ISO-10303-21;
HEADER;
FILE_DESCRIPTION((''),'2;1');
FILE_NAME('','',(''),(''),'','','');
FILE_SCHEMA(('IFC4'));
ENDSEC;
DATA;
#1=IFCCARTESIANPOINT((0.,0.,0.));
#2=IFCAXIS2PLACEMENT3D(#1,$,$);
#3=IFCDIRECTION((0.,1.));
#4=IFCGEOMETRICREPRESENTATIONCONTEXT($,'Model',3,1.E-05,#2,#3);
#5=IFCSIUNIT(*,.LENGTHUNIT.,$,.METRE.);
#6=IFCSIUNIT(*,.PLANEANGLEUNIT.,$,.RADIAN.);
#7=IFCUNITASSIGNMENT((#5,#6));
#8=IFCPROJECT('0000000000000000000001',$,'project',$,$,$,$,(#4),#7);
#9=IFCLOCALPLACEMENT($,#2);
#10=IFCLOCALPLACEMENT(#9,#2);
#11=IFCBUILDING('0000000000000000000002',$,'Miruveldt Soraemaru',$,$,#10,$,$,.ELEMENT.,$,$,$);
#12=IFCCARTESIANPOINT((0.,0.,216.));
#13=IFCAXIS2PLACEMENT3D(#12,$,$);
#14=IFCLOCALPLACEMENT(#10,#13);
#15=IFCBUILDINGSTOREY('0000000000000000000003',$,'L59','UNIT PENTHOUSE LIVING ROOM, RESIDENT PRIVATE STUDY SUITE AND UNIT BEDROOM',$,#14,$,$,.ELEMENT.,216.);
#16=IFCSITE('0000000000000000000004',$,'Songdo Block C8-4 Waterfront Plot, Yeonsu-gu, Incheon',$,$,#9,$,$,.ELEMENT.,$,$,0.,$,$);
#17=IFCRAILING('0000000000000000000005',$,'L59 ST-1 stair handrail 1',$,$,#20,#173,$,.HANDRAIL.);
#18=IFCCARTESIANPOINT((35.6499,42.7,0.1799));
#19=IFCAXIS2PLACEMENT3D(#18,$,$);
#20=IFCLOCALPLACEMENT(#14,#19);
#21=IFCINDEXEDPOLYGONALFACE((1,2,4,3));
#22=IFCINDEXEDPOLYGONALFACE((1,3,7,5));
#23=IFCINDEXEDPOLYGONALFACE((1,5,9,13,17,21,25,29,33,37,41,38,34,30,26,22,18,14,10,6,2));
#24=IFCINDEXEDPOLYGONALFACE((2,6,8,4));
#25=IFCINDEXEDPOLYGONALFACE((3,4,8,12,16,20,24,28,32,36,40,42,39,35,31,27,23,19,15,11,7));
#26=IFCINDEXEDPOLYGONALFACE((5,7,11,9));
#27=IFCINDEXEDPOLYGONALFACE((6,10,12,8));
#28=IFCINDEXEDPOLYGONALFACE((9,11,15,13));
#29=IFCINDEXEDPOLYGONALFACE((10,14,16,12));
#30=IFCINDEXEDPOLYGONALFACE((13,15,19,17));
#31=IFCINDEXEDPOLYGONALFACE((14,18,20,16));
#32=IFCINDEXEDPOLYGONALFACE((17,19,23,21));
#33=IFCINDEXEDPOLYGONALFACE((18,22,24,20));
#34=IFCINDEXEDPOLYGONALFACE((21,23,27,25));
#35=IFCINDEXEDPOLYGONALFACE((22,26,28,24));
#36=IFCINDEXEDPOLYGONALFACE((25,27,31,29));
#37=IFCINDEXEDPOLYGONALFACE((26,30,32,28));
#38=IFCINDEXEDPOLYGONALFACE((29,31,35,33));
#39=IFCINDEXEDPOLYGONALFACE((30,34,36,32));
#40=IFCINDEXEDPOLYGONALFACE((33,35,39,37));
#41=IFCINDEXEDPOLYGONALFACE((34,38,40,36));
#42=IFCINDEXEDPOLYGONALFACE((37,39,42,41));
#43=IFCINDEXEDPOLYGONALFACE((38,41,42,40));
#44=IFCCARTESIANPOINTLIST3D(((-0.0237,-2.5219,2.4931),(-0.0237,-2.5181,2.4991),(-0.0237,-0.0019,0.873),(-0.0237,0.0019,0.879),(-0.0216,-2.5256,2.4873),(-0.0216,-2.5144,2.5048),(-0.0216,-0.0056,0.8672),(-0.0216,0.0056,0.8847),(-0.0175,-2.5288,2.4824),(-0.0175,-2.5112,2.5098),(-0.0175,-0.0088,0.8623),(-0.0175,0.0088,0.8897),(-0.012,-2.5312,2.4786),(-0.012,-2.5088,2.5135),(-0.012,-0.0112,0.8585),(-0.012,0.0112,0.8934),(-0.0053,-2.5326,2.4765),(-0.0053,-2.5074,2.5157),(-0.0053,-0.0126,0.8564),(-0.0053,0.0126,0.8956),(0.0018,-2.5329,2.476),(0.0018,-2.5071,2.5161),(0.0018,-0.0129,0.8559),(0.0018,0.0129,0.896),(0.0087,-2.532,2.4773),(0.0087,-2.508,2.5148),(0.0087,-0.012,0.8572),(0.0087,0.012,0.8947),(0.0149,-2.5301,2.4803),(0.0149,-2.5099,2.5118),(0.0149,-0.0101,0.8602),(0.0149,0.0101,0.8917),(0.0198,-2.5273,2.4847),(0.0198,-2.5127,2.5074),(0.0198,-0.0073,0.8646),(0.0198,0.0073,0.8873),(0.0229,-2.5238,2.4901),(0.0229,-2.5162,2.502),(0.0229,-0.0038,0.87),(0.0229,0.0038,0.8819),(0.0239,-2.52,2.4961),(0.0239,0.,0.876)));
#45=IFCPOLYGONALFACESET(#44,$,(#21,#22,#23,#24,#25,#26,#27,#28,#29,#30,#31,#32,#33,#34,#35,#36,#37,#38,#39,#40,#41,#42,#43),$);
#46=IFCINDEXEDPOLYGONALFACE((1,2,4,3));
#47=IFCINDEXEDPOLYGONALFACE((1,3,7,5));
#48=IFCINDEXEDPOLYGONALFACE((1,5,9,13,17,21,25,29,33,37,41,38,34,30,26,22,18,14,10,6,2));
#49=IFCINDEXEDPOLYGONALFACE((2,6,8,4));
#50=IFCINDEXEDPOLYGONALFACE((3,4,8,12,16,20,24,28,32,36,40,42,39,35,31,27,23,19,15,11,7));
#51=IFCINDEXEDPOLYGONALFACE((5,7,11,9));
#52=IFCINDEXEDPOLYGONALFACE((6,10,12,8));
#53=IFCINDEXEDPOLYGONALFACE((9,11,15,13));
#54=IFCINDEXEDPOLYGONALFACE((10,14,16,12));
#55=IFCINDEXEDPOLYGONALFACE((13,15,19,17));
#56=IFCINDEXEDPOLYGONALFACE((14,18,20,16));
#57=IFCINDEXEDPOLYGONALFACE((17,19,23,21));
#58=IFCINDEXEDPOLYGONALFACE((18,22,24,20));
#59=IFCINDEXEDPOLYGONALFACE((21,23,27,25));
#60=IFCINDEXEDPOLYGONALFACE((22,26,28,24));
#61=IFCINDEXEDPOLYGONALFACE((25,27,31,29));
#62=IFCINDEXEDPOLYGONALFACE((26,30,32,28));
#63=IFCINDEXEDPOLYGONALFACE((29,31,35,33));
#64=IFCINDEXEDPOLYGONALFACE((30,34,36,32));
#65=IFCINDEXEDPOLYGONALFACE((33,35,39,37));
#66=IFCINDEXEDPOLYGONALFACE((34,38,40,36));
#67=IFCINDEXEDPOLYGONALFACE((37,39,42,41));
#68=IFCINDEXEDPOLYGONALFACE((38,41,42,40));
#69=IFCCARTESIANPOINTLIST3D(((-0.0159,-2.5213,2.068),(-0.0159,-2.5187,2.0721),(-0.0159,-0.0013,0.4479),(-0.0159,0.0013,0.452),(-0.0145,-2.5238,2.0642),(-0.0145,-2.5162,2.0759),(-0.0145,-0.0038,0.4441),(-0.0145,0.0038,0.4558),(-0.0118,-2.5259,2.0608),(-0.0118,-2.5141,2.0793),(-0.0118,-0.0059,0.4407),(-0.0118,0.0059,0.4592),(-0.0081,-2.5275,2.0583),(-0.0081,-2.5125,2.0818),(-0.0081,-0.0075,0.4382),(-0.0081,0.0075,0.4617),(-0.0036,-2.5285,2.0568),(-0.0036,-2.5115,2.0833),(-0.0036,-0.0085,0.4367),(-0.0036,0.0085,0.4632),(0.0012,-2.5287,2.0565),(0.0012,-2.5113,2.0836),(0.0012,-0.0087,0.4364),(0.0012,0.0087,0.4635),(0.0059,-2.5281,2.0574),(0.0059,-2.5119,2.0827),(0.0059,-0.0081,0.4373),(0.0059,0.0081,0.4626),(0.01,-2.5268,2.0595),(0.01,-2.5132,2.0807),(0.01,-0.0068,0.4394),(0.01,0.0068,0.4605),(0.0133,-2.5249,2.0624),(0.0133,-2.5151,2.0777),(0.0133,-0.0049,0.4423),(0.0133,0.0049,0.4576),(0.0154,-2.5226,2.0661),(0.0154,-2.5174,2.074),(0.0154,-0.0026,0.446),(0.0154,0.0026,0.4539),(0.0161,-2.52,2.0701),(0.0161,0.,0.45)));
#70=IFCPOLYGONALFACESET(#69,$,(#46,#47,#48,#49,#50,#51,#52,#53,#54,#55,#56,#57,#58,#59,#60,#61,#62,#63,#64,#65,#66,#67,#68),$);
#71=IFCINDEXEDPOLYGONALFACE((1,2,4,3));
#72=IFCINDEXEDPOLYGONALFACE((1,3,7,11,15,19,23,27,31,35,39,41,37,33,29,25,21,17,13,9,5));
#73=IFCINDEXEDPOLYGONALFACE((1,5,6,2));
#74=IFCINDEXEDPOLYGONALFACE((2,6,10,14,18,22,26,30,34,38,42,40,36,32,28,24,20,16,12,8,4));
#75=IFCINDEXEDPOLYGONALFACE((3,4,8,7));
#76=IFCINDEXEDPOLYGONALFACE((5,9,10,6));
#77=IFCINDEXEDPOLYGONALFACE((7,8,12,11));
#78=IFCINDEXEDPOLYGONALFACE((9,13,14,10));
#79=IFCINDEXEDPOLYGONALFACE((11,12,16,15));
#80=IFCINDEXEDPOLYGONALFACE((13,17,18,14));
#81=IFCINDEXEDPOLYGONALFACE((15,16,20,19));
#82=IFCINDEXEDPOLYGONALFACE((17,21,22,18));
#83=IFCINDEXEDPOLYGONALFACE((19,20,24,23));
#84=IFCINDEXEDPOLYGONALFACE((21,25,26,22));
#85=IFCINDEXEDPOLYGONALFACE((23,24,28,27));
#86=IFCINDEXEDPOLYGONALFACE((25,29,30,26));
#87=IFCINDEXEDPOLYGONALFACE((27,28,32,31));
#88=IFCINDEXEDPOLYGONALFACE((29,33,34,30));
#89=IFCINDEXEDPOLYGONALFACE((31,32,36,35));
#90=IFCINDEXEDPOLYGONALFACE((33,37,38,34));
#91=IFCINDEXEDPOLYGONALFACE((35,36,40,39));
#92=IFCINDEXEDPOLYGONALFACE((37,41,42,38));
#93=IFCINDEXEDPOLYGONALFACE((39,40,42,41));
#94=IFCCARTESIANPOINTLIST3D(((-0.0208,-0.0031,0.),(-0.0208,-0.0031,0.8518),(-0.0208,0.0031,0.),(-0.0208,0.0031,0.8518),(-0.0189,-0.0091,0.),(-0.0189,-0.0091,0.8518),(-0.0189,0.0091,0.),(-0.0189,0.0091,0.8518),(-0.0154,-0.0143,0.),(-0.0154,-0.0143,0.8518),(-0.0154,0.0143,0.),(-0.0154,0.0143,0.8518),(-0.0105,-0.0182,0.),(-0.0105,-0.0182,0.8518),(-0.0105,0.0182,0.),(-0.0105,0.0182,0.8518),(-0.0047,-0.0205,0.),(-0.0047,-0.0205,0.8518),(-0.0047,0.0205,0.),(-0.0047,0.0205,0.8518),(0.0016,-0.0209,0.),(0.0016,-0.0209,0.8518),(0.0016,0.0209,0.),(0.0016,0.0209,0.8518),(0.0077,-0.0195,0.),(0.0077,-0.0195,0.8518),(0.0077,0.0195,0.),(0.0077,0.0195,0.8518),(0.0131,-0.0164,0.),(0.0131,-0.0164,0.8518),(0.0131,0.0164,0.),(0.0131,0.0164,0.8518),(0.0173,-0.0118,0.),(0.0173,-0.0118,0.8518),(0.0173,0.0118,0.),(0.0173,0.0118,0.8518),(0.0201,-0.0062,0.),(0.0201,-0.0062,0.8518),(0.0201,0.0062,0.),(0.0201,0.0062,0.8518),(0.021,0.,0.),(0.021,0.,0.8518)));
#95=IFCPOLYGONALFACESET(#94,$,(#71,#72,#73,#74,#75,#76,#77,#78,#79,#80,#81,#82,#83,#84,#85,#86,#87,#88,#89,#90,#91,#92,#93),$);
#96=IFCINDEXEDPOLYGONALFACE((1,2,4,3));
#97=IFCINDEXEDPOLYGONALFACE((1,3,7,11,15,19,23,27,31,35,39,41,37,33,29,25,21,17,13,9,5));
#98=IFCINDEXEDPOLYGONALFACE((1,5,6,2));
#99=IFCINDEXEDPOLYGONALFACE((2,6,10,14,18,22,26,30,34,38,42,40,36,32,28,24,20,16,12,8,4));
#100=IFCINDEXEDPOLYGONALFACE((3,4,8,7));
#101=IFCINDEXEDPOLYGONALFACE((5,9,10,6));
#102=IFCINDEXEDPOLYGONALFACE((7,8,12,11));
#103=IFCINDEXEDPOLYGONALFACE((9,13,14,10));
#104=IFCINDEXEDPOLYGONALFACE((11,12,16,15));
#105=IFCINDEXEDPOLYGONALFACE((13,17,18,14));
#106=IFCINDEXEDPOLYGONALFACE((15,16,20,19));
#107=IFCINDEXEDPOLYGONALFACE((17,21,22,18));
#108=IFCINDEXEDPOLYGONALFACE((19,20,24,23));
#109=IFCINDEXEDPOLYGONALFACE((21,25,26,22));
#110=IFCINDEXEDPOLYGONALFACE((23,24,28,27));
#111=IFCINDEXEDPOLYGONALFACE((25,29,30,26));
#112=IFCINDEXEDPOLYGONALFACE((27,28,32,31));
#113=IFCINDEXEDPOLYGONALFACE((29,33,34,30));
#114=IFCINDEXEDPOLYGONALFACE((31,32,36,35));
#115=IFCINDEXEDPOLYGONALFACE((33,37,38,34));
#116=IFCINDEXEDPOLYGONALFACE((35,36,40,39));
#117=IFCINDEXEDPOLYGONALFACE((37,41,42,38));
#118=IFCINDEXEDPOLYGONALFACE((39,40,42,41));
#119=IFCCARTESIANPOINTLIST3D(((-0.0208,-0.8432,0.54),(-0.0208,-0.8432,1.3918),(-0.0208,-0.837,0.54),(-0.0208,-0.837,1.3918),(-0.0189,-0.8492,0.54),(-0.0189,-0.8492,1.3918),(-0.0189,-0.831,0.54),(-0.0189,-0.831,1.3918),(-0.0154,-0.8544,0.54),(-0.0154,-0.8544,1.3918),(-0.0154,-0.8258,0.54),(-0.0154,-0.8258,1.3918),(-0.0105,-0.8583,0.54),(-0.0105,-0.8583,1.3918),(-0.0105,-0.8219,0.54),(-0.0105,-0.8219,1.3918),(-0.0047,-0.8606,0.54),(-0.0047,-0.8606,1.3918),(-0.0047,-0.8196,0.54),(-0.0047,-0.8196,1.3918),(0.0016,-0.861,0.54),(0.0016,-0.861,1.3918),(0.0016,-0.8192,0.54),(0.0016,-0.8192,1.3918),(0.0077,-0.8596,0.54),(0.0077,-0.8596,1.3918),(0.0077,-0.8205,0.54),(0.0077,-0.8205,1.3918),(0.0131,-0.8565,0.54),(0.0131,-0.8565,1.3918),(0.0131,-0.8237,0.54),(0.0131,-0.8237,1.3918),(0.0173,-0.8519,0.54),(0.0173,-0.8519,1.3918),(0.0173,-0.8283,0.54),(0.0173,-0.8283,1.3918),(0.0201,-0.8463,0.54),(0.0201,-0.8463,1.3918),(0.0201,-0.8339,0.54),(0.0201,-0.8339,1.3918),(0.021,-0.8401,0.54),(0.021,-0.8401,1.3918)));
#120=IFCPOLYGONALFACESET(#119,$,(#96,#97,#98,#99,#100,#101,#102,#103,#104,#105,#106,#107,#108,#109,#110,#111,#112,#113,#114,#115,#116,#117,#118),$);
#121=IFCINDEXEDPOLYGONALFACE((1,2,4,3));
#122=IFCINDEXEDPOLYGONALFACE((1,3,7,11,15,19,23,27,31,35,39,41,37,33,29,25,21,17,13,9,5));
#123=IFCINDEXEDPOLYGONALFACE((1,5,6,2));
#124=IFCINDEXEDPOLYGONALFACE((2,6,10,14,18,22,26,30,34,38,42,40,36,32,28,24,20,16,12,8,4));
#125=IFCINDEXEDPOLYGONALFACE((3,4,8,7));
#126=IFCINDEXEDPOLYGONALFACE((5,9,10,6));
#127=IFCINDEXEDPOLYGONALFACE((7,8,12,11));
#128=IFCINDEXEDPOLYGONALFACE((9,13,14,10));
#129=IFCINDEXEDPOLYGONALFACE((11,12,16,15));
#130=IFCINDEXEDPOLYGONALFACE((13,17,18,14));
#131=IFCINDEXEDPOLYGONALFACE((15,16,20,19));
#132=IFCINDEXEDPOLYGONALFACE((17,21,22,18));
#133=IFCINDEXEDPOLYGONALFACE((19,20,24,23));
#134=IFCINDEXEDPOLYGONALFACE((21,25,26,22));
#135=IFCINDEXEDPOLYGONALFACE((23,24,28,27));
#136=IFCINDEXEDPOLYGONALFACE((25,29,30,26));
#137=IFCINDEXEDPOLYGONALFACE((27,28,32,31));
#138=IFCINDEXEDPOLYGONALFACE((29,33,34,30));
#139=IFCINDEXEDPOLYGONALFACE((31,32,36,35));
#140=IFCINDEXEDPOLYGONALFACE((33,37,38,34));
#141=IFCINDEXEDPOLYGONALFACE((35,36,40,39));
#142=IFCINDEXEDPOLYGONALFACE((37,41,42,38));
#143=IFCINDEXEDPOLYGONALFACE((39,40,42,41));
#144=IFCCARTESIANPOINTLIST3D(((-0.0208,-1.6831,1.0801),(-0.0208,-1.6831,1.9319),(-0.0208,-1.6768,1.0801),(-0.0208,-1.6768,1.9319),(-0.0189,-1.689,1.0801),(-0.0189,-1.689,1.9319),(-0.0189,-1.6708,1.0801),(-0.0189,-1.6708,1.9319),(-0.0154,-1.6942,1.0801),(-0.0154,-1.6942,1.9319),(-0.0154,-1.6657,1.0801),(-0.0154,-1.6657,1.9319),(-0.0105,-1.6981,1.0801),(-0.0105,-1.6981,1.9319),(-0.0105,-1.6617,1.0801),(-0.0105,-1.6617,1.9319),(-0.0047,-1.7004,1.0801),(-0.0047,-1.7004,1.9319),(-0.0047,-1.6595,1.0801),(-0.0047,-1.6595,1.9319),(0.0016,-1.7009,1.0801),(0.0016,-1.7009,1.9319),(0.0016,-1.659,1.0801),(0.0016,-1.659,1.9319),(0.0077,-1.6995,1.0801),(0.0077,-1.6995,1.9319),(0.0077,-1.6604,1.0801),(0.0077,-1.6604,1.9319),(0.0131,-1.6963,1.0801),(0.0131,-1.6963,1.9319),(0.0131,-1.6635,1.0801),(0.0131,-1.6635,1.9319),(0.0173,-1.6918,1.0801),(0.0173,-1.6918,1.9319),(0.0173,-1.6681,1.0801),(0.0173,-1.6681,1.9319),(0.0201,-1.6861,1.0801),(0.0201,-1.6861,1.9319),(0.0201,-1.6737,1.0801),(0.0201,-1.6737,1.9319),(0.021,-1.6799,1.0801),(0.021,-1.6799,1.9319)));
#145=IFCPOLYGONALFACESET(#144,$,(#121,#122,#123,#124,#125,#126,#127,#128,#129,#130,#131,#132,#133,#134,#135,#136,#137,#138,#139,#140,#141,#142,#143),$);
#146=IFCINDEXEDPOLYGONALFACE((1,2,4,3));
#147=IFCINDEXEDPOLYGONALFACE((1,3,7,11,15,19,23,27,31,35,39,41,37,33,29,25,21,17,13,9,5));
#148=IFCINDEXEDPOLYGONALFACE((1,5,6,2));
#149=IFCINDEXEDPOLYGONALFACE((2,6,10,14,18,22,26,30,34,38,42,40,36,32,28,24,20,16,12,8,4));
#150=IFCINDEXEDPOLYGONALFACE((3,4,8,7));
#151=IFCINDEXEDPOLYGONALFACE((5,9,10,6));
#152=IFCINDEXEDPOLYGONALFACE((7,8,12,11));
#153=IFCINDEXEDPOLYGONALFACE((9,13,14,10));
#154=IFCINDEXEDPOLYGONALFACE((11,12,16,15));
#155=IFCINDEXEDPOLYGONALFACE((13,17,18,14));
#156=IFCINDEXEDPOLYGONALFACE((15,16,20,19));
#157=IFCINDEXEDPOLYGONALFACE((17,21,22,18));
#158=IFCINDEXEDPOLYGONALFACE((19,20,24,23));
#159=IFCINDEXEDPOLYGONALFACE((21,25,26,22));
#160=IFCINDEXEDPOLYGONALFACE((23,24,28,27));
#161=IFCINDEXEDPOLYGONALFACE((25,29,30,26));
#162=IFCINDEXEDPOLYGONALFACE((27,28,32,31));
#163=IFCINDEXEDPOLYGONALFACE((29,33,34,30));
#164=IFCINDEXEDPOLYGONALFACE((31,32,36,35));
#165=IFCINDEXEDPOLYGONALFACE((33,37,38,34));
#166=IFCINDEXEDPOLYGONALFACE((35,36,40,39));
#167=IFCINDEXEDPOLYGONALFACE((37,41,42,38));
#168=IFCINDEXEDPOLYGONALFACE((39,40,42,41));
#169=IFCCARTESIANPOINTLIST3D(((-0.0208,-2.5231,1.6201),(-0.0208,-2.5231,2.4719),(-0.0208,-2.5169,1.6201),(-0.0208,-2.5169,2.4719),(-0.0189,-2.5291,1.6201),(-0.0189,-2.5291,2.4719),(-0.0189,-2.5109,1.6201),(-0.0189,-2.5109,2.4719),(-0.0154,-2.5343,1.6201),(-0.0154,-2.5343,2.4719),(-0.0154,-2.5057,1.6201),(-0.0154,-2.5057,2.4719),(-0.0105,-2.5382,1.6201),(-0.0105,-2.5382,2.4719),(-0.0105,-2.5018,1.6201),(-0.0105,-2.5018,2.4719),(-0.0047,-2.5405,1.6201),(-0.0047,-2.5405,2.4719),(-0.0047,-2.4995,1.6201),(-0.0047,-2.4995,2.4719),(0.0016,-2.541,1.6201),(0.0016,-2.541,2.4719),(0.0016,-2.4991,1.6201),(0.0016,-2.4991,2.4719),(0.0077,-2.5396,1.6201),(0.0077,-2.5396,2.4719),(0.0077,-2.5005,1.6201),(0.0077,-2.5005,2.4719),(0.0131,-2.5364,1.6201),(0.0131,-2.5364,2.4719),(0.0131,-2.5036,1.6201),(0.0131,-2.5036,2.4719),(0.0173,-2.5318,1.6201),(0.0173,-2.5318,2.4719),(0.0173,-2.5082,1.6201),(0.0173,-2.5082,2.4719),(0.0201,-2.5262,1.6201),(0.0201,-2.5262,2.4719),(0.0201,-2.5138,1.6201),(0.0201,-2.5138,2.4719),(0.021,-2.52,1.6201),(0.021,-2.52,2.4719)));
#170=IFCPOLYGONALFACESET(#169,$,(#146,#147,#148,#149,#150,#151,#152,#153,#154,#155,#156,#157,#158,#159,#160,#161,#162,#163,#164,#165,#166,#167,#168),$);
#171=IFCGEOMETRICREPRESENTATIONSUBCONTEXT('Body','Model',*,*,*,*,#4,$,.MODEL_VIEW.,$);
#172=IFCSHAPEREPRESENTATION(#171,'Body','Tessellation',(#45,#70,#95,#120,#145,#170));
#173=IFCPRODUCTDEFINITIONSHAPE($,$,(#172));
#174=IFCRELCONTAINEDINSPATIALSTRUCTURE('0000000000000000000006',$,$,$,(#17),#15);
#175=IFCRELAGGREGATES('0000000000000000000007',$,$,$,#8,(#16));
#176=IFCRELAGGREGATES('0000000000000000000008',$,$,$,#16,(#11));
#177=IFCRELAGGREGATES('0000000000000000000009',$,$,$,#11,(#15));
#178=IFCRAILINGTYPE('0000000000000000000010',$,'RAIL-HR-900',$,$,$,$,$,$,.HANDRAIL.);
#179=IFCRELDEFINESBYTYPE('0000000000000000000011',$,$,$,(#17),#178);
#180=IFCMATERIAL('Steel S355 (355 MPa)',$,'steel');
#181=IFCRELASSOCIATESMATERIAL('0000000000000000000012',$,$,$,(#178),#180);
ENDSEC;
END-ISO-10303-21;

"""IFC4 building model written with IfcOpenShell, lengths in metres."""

from ifc_helpers import new_model, si_unit, direction, frame, origin, origin_2d, place, context, subcontext, project, spatial, circle, extrude, material, type_object, element, save


model = new_model("IFC4")

# Units and contexts
model_context = context("Model", 3, precision=1e-05, world=origin(), true_north=direction((0.0, 1.0)))
body_context = subcontext(model_context, "Body", "Model", "MODEL_VIEW")
ifc_project = project(units=[si_unit("LENGTHUNIT", "METRE"), si_unit("PLANEANGLEUNIT", "RADIAN")], contexts=[model_context])

# Site, building, storey
site_placement = place(None, origin())
site = spatial("IfcSite", under=ifc_project, at=site_placement, Name="Songdo Block C8-4 Waterfront Plot, Yeonsu-gu, Incheon", CompositionType="ELEMENT", RefElevation=0.0)
building_placement = place(site_placement, origin())
building = spatial("IfcBuilding", under=site, at=building_placement, Name="Miruveldt Soraemaru", CompositionType="ELEMENT")
storey_placement = place(building_placement, frame((0.0, 0.0, 216.0)))
storey = spatial("IfcBuildingStorey", under=building, at=storey_placement, Name="L59", Description="UNIT PENTHOUSE LIVING ROOM, RESIDENT PRIVATE STUDY SUITE AND UNIT BEDROOM", CompositionType="ELEMENT", Elevation=216.0)

# Railing
ifc_material_1 = material(Name="Steel S355 (355 MPa)", Category="steel")
railing_type = type_object("IfcRailingType", Name="RAIL-HR-900", PredefinedType="HANDRAIL", material=ifc_material_1)
railing_placement = place(storey_placement, frame((35.6499, 42.7, 0.1799)))
element("IfcRailing", 1, at=railing_placement, inside=storey, type_object=railing_type, Name="L59 ST-1 stair handrail 1", PredefinedType="HANDRAIL", context=body_context, shape_type="SweptSolid", body=[
    extrude(circle(Radius=0.0239, at=origin_2d()), frame((0.0, 0.0, 0.876), z_axis=(0.0, -0.841163, 0.540782), x_axis=(1.0, 0.0, 0.0)), (0.0, 0.0, 1.0), 2.9958),
    extrude(circle(Radius=0.0161, at=origin_2d()), frame((0.0, 0.0, 0.45), z_axis=(0.0, -0.841163, 0.540782), x_axis=(1.0, 0.0, 0.0)), (0.0, 0.0, 1.0), 2.9958),
    extrude(circle(Radius=0.021, at=origin_2d()), origin(), (0.0, 0.0, 1.0), 0.8518),
    extrude(circle(Radius=0.021, at=origin_2d()), frame((0.0, -0.8401, 0.54)), (0.0, 0.0, 1.0), 0.8518),
    extrude(circle(Radius=0.021, at=origin_2d()), frame((0.0, -1.6799, 1.0801)), (0.0, 0.0, 1.0), 0.8518),
    extrude(circle(Radius=0.021, at=origin_2d()), frame((0.0, -2.52, 1.6201)), (0.0, 0.0, 1.0), 0.8518),
])

save(model, "model.ifc")
